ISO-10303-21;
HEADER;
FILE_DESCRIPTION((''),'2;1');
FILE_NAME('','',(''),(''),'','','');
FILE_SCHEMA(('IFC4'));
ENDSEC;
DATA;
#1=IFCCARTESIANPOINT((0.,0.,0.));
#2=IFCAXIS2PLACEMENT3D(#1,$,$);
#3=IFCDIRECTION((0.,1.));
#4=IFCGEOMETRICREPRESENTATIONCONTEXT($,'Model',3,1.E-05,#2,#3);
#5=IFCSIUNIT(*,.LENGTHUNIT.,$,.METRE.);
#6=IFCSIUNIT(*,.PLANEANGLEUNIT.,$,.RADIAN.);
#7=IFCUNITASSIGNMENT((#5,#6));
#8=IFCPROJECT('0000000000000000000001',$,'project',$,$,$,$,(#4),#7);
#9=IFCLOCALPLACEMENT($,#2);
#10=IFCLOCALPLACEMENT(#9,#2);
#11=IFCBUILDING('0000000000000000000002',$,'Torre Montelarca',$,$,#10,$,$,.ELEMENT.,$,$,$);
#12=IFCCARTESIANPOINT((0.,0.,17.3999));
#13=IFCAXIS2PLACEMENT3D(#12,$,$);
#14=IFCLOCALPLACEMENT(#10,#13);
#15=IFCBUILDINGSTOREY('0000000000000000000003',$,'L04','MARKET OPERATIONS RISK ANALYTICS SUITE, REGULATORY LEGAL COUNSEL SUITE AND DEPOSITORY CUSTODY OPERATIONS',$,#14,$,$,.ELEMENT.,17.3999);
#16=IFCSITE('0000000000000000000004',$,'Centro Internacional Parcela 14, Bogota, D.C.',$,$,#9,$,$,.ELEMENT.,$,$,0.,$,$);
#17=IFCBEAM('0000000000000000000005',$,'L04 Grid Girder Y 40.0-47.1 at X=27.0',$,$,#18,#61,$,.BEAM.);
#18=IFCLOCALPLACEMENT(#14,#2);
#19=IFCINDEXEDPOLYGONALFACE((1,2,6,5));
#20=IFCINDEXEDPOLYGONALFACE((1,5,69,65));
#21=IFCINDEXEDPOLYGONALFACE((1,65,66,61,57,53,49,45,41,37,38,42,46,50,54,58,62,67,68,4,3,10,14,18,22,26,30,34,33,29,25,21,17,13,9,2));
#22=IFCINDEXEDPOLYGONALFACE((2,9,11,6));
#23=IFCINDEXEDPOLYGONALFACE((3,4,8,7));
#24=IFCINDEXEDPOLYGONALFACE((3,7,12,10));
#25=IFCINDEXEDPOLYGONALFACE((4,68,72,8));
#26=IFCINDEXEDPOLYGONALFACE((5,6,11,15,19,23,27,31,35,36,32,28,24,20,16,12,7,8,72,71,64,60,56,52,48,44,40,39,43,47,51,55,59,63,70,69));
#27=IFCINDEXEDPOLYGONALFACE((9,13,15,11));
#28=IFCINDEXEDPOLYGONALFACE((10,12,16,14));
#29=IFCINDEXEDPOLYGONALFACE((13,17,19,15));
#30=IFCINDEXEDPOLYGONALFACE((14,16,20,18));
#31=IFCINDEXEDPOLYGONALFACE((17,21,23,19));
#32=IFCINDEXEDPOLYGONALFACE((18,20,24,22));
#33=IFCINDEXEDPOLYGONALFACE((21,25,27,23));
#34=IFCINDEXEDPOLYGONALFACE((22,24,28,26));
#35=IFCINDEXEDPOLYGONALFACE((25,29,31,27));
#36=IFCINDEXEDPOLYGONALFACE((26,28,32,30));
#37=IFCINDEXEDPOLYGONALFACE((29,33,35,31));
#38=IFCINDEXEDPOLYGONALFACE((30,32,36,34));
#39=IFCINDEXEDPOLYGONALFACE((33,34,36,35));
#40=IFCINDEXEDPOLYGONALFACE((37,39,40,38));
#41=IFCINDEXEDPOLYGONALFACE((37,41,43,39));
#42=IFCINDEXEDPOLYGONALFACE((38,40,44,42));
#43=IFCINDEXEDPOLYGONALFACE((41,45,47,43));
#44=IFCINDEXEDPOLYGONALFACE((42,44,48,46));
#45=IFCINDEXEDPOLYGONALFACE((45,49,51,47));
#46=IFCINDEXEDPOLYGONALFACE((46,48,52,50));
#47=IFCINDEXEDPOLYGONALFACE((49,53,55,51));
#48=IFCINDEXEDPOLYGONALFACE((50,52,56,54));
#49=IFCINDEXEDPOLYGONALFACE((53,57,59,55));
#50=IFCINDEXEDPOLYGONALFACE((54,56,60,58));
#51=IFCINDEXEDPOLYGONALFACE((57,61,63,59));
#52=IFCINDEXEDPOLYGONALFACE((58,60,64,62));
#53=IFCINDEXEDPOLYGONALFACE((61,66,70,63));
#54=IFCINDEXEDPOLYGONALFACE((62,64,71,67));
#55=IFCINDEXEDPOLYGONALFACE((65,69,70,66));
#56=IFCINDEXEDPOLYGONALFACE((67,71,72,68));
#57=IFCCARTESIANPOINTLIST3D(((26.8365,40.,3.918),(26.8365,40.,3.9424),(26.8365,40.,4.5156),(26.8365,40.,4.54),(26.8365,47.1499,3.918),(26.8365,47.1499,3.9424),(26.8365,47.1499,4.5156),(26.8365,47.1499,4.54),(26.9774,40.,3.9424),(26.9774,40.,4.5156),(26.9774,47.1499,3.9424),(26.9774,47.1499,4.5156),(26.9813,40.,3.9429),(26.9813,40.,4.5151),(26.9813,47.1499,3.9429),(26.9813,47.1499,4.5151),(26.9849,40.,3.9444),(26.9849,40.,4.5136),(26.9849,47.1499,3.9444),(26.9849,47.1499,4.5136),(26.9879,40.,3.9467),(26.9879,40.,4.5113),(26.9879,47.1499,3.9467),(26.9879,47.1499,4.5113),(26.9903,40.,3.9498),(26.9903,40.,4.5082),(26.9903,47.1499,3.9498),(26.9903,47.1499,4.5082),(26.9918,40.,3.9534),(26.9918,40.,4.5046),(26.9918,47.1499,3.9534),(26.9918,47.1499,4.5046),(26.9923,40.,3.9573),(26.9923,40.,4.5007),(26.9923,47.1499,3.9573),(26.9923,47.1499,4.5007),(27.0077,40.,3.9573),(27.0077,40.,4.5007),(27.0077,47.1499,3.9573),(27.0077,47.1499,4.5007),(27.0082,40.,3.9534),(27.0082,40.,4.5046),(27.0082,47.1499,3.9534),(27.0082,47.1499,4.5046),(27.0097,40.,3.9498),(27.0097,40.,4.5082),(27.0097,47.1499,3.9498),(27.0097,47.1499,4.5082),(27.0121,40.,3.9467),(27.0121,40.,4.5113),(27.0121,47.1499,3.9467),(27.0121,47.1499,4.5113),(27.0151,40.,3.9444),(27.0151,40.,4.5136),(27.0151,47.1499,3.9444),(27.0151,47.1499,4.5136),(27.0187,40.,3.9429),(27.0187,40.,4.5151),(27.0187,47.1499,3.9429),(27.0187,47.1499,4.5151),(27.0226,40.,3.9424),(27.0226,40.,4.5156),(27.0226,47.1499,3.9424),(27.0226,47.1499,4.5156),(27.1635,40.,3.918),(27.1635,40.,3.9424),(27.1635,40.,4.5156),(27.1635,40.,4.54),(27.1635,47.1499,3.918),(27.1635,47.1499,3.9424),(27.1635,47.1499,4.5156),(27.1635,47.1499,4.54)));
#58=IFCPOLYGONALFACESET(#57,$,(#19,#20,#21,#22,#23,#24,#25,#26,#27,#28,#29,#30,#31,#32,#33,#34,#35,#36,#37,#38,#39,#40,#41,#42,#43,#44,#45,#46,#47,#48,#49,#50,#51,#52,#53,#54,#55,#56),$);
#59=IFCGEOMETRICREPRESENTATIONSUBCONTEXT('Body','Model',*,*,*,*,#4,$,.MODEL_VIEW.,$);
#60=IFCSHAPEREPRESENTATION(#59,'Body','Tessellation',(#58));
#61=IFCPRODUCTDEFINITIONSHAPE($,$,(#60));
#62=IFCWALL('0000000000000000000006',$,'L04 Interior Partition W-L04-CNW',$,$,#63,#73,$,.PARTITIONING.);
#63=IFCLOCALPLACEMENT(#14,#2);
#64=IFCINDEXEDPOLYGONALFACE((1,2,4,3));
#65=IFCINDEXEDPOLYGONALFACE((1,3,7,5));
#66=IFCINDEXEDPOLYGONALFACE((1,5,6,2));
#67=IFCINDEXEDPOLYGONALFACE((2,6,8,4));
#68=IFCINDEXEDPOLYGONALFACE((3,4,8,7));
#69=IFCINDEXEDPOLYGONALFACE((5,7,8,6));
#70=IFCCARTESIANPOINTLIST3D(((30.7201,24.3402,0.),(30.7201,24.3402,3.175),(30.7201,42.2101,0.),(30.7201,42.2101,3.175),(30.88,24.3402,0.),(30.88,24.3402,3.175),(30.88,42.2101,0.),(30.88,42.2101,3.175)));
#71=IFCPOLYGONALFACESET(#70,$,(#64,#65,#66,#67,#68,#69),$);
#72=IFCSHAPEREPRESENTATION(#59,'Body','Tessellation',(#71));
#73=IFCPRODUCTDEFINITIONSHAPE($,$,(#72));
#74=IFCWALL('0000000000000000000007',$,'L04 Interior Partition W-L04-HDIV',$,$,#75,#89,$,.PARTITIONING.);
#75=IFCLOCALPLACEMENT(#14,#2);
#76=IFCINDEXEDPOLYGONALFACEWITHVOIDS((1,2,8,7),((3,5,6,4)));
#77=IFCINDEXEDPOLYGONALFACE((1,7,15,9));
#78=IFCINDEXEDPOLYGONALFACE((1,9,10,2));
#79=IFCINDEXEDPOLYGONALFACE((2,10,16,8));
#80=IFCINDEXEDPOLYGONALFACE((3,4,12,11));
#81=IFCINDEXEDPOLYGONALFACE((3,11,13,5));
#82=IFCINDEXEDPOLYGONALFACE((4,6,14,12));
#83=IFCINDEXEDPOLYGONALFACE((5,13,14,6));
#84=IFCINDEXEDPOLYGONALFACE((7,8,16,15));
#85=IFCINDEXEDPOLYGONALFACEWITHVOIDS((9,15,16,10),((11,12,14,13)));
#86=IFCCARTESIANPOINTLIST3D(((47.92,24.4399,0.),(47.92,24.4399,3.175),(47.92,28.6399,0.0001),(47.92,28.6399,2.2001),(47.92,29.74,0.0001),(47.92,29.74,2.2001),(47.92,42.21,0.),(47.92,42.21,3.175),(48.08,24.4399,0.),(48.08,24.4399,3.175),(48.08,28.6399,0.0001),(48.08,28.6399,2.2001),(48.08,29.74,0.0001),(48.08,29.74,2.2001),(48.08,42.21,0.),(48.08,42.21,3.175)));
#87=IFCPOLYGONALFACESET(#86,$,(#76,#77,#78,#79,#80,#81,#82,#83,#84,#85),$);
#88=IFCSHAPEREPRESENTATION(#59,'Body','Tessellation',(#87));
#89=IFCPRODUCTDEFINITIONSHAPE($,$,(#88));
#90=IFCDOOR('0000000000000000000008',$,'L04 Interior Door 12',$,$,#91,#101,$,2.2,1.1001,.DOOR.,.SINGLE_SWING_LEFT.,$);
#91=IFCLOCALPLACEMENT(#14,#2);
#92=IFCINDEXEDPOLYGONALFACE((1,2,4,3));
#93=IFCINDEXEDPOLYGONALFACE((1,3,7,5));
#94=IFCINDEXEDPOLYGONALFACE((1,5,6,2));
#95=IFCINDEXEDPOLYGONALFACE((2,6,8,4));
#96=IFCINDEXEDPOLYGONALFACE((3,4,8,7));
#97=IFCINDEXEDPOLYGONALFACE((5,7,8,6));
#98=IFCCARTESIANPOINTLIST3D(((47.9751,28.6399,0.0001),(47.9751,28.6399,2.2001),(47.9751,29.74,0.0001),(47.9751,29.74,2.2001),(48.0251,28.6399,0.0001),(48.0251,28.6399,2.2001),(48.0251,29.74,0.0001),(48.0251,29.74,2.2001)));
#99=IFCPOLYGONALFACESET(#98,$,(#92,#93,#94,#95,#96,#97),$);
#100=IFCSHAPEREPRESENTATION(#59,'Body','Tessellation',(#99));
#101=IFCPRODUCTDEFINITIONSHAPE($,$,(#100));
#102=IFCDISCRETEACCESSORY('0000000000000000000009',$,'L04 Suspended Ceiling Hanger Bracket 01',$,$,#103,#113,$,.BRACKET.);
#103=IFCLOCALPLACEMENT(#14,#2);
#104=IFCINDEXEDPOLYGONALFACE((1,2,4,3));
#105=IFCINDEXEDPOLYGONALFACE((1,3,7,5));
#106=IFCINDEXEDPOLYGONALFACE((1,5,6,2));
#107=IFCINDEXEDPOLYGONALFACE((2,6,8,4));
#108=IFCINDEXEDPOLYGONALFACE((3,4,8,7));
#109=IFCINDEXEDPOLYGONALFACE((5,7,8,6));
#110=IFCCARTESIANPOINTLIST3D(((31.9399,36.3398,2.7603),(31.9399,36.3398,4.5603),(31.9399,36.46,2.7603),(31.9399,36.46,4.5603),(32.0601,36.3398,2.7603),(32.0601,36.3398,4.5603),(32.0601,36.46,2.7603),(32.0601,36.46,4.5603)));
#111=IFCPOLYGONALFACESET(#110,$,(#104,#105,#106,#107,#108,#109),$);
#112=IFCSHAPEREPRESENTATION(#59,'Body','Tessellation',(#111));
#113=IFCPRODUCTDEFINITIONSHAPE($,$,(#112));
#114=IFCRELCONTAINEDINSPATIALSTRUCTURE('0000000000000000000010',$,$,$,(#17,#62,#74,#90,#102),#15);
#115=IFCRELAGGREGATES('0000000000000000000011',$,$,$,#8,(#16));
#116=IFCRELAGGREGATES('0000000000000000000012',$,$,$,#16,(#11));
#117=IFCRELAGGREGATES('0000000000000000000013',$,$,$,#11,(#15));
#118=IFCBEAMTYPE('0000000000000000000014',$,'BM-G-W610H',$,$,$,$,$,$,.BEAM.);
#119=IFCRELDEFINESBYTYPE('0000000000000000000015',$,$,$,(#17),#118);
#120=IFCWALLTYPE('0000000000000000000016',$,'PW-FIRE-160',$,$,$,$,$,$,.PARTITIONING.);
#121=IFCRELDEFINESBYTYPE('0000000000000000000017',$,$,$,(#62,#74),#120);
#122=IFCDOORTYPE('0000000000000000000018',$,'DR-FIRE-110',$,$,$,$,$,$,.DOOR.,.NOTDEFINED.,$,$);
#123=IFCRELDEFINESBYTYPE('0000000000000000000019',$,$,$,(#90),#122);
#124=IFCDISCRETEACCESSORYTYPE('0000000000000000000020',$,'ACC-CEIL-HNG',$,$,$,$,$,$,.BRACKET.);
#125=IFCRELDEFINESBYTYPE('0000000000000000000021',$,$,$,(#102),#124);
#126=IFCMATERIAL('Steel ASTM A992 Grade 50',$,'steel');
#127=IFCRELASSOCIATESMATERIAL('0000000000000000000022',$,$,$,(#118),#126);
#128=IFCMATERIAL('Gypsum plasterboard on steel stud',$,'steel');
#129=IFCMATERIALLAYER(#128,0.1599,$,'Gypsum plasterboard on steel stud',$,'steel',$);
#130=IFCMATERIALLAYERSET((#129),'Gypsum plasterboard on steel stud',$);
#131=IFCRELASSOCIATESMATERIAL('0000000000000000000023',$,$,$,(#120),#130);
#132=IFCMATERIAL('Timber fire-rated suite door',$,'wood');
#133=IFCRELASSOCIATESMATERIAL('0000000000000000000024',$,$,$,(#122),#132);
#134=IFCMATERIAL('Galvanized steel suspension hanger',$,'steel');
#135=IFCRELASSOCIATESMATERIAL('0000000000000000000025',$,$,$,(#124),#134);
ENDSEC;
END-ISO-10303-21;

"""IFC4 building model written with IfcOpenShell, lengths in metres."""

from ifc_helpers import new_model, si_unit, direction, frame, frame_2d, origin, origin_2d, place, context, subcontext, project, spatial, rectangle, i_section, extrude, source, transform, mapped, material, layer, layer_set, material_profile, profile_set, type_object, element, fill, save


model = new_model("IFC4")

# Units and contexts
model_context = context("Model", 3, precision=1e-05, world=origin(), true_north=direction((0.0, 1.0)))
body_context = subcontext(model_context, "Body", "Model", "MODEL_VIEW")
ifc_project = project(units=[si_unit("LENGTHUNIT", "METRE"), si_unit("PLANEANGLEUNIT", "RADIAN")], contexts=[model_context])

# Site, building, storey
site_placement = place(None, origin())
site = spatial("IfcSite", under=ifc_project, at=site_placement, Name="Centro Internacional Parcela 14, Bogota, D.C.", CompositionType="ELEMENT", RefElevation=0.0)
building_placement = place(site_placement, origin())
building = spatial("IfcBuilding", under=site, at=building_placement, Name="Torre Montelarca", CompositionType="ELEMENT")
storey_placement = place(building_placement, frame((0.0, 0.0, 17.3999)))
storey = spatial("IfcBuildingStorey", under=building, at=storey_placement, Name="L04", Description="MARKET OPERATIONS RISK ANALYTICS SUITE, REGULATORY LEGAL COUNSEL SUITE AND DEPOSITORY CUSTODY OPERATIONS", CompositionType="ELEMENT", Elevation=17.3999)

# Beam
ifc_material_1 = material(Name="Steel ASTM A992 Grade 50", Category="steel")
ifc_material_profile_1 = material_profile(ifc_material_1, i_section(OverallWidth=0.3269, OverallDepth=0.6221, WebThickness=0.0154, FlangeThickness=0.0244, FilletRadius=0.0149, at=origin_2d()), Name="W610X195", Category="steel")
ifc_profile_set_1 = profile_set([ifc_material_profile_1], Name="Steel ASTM A992 Grade 50")
beam_type_1 = type_object("IfcBeamType", Name="BM-G-W610H", PredefinedType="BEAM", material=ifc_profile_set_1)
shared_shape_1 = source(origin(), body_context, "Body", "SweptSolid", [
    extrude(i_section(OverallWidth=0.3269, OverallDepth=0.6221, WebThickness=0.0154, FlangeThickness=0.0244, FilletRadius=0.0149, at=origin_2d()), origin(), (0.0, 0.0, 1.0), 7.1499),
])
beam_1_placement = place(storey_placement, frame((27.0, 40.0, 4.229), z_axis=(0.0, 1.0, 0.0), x_axis=(-1.0, 0.0, 0.0)))
element("IfcBeam", 1, at=beam_1_placement, inside=storey, type_object=beam_type_1, Name="L04 Grid Girder Y 40.0-47.1 at X=27.0", PredefinedType="BEAM", context=body_context, shape_type="MappedRepresentation", body=[
    mapped(shared_shape_1, transform((0.0, 0.0, 0.0), scale=1.0)),
])

# Wall
ifc_material_2 = material(Name="Gypsum plasterboard on steel stud", Category="steel")
ifc_layer = layer(ifc_material_2, 0.1599, Name="Gypsum plasterboard on steel stud", Category="steel")
ifc_layer_set = layer_set([ifc_layer], Name="Gypsum plasterboard on steel stud")
wall_type = type_object("IfcWallType", Name="PW-FIRE-160", PredefinedType="PARTITIONING", material=ifc_layer_set)
wall_1_placement = place(storey_placement, frame((30.8, 24.3401, 0.0), z_axis=(0.0, 0.0, 1.0), x_axis=(0.0, 1.0, 0.0)))
element("IfcWall", 2, at=wall_1_placement, inside=storey, type_object=wall_type, Name="L04 Interior Partition W-L04-CNW", PredefinedType="PARTITIONING", context=body_context, shape_type="SweptSolid", body=[
    extrude(rectangle(XDim=17.8699, YDim=0.1599, at=frame_2d((8.9351, 0.0))), origin(), (0.0, 0.0, 1.0), 3.175),
])

# Wall, opening, door
wall_2_placement = place(storey_placement, frame((48.0, 24.4399, 0.0), z_axis=(0.0, 0.0, 1.0), x_axis=(0.0, 1.0, 0.0)))
wall_2 = element("IfcWall", 3, at=wall_2_placement, inside=storey, type_object=wall_type, Name="L04 Interior Partition W-L04-HDIV", PredefinedType="PARTITIONING", context=body_context, shape_type="SweptSolid", body=[
    extrude(rectangle(XDim=17.77, YDim=0.1599, at=frame_2d((8.885, 0.0))), origin(), (0.0, 0.0, 1.0), 3.175),
])
opening_placement = place(wall_2_placement, frame((4.2, 0.0, 0.0)))
opening = element("IfcOpeningElement", 4, at=opening_placement, cuts=wall_2, PredefinedType="OPENING", context=body_context, shape_type="SweptSolid", body=[
    extrude(rectangle(XDim=1.1001, YDim=2.2, at=frame_2d((0.55, 1.1001))), frame((0.0, 0.0898, 0.0), z_axis=(0.0, -1.0, 0.0), x_axis=(1.0, 0.0, 0.0)), (0.0, 0.0, 1.0), 0.1799),
])
ifc_material_3 = material(Name="Timber fire-rated suite door", Category="wood")
door_type = type_object("IfcDoorType", Name="DR-FIRE-110", OperationType="NOTDEFINED", PredefinedType="DOOR", material=ifc_material_3)
shared_shape_2 = source(origin(), body_context, "Body", "SweptSolid", [
    extrude(rectangle(XDim=1.1001, YDim=2.2, at=frame_2d((0.55, 1.1001))), frame((0.0, 0.0249, 0.0), z_axis=(0.0, -1.0, 0.0), x_axis=(1.0, 0.0, 0.0)), (0.0, 0.0, 1.0), 0.05),
])
door_placement = place(opening_placement, origin())
door = element("IfcDoor", 5, at=door_placement, inside=storey, type_object=door_type, Name="L04 Interior Door 12", OperationType="SINGLE_SWING_LEFT", OverallHeight=2.2, OverallWidth=1.1001, PredefinedType="DOOR", context=body_context, shape_type="MappedRepresentation", body=[
    mapped(shared_shape_2, transform((0.0, 0.0, 0.0), scale=1.0)),
])
fill(opening, door)

# Discrete accessory
ifc_material_4 = material(Name="Galvanized steel suspension hanger", Category="steel")
discrete_accessory_type = type_object("IfcDiscreteAccessoryType", Name="ACC-CEIL-HNG", PredefinedType="BRACKET", material=ifc_material_4)
shared_shape_3 = source(origin(), body_context, "Body", "SweptSolid", [
    extrude(rectangle(XDim=0.1201, YDim=0.1201, at=origin_2d()), origin(), (0.0, 0.0, 1.0), 1.8),
])
discrete_accessory_placement = place(storey_placement, frame((32.0, 36.3999, 2.7603), z_axis=(0.0, 0.0, 1.0), x_axis=(1.0, 0.0, 0.0)))
element("IfcDiscreteAccessory", 6, at=discrete_accessory_placement, inside=storey, type_object=discrete_accessory_type, Name="L04 Suspended Ceiling Hanger Bracket 01", PredefinedType="BRACKET", context=body_context, shape_type="MappedRepresentation", body=[
    mapped(shared_shape_3, transform((0.0, 0.0, 0.0), scale=1.0)),
])

save(model, "model.ifc")
